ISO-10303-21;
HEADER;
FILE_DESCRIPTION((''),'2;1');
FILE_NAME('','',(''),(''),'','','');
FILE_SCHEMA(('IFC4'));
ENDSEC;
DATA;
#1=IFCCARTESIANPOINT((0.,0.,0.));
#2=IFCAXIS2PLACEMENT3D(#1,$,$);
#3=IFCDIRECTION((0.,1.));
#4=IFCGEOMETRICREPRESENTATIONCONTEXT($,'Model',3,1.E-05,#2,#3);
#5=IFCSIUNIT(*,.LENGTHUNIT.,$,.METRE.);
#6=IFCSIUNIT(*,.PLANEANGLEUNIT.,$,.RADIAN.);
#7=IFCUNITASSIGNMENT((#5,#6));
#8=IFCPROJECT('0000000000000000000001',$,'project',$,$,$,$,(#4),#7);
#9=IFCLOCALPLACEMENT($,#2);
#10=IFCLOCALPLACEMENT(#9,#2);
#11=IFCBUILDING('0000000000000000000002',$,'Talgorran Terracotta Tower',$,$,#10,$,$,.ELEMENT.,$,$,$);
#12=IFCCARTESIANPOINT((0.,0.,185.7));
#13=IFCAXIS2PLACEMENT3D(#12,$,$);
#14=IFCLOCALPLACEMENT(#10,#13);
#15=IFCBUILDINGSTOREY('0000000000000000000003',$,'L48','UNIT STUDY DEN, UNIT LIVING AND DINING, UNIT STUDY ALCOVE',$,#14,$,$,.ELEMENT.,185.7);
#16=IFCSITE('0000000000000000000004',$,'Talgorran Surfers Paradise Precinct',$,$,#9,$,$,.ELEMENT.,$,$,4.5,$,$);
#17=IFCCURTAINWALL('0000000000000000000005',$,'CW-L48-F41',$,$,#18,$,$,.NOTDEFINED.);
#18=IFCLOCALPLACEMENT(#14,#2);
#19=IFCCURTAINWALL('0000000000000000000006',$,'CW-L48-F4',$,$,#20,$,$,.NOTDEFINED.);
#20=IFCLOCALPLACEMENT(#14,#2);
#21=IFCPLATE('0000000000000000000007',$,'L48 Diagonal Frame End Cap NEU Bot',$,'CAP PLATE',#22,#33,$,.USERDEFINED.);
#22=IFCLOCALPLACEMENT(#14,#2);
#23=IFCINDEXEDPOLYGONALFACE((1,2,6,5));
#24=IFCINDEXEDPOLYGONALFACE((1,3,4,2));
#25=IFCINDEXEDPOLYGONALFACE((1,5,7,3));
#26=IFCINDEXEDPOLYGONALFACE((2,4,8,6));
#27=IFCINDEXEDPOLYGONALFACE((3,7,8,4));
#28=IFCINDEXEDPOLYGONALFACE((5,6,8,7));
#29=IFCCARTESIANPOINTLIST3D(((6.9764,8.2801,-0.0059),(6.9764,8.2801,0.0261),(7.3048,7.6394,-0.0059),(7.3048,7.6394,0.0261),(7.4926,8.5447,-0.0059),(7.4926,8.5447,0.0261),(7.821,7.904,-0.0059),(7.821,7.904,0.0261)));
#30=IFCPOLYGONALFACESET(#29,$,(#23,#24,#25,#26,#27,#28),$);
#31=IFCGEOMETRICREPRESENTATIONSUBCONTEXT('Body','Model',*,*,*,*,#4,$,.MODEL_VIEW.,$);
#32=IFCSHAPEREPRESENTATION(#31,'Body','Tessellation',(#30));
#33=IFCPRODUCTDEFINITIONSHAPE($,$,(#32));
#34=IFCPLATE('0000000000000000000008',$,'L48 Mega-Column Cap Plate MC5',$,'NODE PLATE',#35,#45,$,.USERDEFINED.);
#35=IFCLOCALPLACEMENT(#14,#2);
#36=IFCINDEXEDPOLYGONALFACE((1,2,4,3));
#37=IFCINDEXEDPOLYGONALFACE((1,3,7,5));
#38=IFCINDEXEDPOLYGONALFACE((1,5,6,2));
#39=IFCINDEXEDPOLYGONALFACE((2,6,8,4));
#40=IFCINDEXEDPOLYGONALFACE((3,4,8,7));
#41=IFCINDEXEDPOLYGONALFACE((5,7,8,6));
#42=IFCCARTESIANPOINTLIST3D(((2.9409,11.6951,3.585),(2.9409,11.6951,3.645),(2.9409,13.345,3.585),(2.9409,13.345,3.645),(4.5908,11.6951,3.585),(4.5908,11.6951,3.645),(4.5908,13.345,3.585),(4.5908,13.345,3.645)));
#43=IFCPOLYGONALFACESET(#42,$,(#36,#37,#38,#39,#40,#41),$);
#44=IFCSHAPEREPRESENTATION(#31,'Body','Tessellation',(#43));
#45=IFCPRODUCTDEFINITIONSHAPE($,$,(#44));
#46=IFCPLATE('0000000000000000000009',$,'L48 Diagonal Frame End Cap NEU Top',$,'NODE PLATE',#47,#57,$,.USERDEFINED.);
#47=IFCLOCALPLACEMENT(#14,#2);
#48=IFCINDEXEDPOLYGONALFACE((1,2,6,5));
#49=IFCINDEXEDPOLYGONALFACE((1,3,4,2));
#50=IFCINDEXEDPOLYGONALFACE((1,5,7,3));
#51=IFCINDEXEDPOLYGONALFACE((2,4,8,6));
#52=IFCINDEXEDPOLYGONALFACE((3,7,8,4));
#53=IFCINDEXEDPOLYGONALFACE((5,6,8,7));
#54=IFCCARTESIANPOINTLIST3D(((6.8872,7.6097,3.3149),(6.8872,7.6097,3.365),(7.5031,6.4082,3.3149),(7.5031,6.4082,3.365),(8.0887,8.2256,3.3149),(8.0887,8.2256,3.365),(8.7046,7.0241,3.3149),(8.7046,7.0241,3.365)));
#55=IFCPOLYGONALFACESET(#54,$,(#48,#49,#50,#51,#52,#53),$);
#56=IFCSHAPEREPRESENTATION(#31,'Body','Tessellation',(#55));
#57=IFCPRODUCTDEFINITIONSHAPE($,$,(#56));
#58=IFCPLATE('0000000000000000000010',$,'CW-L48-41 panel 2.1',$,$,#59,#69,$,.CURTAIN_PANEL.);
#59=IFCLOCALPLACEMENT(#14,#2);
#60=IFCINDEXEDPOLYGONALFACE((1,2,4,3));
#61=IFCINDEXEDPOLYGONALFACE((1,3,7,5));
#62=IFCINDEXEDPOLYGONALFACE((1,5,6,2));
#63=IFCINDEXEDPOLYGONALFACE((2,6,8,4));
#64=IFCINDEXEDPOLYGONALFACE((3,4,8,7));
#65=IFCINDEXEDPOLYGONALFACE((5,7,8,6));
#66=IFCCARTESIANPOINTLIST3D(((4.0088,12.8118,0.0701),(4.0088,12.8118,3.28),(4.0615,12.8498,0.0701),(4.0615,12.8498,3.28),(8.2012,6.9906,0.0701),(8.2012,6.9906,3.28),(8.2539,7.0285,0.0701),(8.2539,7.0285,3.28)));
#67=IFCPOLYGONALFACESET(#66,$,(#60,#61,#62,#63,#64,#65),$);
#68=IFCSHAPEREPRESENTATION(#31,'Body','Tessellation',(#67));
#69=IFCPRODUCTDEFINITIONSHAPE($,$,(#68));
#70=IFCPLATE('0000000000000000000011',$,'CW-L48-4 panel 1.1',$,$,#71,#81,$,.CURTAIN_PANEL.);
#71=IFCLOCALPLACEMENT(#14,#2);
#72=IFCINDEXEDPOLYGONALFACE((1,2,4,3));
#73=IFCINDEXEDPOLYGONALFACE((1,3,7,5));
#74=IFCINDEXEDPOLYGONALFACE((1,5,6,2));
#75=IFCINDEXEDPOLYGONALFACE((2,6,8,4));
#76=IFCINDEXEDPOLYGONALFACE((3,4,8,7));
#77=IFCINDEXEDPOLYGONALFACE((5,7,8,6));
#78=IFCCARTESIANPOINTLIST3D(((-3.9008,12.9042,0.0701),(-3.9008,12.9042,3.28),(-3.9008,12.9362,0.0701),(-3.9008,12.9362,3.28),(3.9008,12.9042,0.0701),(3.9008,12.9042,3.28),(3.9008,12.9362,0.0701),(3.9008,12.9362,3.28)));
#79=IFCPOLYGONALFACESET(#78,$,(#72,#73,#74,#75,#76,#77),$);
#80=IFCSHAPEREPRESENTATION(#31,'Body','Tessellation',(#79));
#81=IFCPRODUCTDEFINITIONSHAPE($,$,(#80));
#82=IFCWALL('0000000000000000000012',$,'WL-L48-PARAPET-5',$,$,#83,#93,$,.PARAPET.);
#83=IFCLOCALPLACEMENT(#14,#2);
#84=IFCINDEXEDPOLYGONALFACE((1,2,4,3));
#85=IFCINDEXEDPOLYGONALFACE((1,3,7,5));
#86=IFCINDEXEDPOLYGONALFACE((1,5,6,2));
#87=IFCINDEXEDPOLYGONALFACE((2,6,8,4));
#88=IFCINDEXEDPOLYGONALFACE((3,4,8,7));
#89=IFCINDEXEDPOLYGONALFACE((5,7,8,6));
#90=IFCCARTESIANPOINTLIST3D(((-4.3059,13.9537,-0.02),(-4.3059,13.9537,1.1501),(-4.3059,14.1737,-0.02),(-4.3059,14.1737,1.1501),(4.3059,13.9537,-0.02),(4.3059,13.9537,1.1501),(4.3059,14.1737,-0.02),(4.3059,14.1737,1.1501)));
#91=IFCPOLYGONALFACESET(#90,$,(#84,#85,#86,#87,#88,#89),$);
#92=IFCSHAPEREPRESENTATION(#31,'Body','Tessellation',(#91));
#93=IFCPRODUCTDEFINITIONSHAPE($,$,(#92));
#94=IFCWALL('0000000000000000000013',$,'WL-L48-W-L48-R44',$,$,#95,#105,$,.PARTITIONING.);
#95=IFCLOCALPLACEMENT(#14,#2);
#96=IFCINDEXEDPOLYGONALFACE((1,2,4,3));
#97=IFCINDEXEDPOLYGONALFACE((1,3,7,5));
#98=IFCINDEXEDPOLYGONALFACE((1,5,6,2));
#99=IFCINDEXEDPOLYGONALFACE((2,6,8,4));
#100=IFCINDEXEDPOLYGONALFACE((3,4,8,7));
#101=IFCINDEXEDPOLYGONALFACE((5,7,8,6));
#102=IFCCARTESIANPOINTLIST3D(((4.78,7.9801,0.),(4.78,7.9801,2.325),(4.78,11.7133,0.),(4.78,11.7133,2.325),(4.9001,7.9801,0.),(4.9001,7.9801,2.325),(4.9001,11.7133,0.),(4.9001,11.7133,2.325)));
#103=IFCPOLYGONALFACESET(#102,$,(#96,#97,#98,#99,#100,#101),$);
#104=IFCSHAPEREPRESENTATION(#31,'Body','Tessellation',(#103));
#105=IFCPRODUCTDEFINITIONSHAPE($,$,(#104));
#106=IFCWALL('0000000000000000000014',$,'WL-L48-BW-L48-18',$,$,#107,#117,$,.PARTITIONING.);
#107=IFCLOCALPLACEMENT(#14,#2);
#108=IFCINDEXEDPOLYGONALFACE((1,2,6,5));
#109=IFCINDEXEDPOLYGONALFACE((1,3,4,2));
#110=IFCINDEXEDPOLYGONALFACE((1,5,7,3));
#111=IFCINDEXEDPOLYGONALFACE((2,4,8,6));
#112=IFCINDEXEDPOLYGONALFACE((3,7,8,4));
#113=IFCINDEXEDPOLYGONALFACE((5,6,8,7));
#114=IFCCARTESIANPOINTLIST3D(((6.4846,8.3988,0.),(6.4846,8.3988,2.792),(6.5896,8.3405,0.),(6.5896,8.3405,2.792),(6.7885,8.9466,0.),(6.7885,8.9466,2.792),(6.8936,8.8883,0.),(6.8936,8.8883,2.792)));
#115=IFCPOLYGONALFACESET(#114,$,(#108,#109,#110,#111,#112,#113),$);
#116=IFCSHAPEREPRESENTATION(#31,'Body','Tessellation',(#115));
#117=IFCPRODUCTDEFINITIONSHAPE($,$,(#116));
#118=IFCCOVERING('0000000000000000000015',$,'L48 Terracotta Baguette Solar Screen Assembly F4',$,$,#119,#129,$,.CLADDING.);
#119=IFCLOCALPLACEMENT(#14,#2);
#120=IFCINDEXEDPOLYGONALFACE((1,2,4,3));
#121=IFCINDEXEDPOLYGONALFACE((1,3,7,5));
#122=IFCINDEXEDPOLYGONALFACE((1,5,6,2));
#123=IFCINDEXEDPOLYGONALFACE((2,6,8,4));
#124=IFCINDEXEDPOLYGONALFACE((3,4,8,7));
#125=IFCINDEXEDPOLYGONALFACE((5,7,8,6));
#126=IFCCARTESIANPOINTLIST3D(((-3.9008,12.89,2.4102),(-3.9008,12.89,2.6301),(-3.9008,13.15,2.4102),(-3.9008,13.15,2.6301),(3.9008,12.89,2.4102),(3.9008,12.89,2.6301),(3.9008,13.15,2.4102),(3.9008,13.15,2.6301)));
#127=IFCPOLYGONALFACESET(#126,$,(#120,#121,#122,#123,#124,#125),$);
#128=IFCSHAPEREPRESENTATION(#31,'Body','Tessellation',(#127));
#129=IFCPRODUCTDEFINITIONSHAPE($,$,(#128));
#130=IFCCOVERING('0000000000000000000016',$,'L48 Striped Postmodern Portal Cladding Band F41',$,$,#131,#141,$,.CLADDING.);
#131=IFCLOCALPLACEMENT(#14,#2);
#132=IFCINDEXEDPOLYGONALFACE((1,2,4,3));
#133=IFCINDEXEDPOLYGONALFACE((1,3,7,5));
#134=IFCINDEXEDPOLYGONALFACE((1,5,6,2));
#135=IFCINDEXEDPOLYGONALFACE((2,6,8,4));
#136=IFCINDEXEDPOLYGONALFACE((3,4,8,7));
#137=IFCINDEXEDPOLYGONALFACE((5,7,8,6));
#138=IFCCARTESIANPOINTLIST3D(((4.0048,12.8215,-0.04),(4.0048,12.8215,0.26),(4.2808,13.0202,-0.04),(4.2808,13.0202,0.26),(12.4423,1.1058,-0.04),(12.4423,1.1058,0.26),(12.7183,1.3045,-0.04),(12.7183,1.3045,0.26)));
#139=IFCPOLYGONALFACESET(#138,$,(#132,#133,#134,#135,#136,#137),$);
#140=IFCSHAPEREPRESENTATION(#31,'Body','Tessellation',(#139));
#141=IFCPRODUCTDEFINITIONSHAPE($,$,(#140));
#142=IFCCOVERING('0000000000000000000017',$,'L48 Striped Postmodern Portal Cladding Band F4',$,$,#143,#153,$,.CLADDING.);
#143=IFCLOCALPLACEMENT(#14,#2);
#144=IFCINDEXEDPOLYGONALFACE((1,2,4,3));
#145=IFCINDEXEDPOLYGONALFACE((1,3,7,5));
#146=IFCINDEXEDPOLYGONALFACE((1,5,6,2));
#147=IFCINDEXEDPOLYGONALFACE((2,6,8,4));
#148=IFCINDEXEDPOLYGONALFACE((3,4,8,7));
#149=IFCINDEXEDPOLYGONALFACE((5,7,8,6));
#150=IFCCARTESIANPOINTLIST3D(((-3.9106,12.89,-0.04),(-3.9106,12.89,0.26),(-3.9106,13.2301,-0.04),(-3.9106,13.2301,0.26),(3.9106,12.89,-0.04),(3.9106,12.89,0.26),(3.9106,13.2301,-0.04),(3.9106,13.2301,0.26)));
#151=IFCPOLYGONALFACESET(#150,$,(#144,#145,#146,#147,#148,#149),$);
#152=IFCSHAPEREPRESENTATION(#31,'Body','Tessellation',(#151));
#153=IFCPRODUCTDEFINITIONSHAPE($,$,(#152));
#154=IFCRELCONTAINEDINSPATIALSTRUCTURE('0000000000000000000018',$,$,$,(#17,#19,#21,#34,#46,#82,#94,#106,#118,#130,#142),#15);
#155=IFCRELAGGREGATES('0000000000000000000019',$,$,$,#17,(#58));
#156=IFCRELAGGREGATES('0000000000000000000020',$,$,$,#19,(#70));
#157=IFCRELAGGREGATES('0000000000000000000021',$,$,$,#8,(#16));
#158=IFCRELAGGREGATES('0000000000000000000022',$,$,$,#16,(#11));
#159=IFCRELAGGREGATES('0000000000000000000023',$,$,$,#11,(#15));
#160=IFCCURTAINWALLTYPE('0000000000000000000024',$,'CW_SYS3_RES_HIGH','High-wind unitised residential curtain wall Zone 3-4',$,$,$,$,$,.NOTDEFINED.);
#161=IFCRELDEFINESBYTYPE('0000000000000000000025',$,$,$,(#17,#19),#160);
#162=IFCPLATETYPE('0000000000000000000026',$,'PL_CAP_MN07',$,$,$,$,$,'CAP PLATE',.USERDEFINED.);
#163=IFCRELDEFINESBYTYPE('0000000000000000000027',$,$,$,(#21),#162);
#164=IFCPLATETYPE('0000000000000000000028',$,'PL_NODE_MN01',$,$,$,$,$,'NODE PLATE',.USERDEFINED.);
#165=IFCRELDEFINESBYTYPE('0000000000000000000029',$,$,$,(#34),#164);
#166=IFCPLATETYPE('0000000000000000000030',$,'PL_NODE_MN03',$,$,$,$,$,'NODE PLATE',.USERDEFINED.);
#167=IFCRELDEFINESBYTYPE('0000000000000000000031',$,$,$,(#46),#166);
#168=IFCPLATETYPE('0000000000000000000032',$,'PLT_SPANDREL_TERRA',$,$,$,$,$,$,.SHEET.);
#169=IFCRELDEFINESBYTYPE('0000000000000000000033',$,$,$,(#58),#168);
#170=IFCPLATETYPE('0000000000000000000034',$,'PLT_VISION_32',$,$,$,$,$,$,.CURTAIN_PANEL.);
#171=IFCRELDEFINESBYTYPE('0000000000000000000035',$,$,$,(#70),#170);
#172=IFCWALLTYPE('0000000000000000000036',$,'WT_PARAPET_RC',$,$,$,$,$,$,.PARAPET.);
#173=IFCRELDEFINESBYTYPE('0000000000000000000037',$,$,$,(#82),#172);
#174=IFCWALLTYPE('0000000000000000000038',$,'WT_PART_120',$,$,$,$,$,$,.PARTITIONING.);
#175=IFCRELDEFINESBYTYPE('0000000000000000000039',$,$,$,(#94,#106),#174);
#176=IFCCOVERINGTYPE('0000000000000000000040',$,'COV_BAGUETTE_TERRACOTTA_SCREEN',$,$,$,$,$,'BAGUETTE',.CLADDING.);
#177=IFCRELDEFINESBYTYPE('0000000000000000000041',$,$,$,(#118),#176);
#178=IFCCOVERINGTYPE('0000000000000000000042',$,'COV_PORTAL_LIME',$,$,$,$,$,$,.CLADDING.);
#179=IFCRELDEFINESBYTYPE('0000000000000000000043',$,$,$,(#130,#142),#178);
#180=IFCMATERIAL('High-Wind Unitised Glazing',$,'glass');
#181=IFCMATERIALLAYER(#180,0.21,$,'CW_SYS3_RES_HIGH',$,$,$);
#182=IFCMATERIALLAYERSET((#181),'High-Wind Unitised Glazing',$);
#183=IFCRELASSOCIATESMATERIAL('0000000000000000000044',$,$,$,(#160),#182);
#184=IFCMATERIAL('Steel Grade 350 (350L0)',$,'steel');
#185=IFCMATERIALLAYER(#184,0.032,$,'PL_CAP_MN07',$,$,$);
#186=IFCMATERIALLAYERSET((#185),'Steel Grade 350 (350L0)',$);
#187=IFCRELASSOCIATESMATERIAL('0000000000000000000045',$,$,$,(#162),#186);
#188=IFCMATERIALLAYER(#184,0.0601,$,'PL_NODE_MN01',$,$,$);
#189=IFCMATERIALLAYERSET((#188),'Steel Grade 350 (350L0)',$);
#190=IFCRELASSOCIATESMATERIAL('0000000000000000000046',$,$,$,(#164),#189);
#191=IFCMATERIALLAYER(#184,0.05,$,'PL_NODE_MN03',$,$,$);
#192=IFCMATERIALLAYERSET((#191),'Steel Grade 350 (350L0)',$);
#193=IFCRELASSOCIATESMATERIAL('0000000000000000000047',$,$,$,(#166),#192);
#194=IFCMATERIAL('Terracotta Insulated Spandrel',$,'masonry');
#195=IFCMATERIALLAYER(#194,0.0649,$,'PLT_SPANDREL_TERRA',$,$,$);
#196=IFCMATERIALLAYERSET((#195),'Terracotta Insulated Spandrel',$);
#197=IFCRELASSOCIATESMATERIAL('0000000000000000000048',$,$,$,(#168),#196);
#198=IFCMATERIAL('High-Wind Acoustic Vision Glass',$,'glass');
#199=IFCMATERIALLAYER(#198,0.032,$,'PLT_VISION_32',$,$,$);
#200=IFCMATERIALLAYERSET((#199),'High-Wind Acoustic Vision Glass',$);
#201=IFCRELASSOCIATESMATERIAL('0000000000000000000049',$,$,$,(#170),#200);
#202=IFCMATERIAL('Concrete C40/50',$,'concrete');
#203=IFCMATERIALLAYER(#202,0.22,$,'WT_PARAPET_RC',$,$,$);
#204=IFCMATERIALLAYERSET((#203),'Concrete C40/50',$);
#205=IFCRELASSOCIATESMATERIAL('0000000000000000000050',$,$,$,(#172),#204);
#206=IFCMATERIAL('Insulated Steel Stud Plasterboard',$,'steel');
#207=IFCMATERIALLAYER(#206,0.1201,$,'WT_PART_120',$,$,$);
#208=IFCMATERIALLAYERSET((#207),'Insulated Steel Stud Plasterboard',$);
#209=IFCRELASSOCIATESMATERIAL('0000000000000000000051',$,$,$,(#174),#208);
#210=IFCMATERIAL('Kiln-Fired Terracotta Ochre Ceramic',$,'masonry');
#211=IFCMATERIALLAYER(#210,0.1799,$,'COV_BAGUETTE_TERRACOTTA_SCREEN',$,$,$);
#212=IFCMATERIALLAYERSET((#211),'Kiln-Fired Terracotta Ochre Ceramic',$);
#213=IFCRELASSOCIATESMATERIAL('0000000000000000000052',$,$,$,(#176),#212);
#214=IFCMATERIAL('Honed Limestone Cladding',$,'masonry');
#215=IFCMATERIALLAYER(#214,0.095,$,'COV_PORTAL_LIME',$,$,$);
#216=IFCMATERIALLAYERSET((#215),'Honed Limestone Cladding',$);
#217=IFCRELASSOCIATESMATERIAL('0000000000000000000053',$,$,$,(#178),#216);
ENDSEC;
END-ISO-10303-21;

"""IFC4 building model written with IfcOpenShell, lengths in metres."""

from ifc_helpers import new_model, si_unit, direction, frame, frame_2d, origin, origin_2d, place, context, subcontext, project, spatial, rectangle, extrude, source, transform, mapped, material, layer, layer_set, type_object, type_shapes, element, aggregate, save


model = new_model("IFC4")

# Units and contexts
model_context = context("Model", 3, precision=1e-05, world=origin(), true_north=direction((0.0, 1.0)))
body_context = subcontext(model_context, "Body", "Model", "MODEL_VIEW")
ifc_project = project(units=[si_unit("LENGTHUNIT", "METRE"), si_unit("PLANEANGLEUNIT", "RADIAN")], contexts=[model_context])

# Site, building, storey
site_placement = place(None, origin())
site = spatial("IfcSite", under=ifc_project, at=site_placement, Name="Talgorran Surfers Paradise Precinct", CompositionType="ELEMENT", RefElevation=4.5)
building_placement = place(site_placement, origin())
building = spatial("IfcBuilding", under=site, at=building_placement, Name="Talgorran Terracotta Tower", CompositionType="ELEMENT")
storey_placement = place(building_placement, frame((0.0, 0.0, 185.7)))
storey = spatial("IfcBuildingStorey", under=building, at=storey_placement, Name="L48", Description="UNIT STUDY DEN, UNIT LIVING AND DINING, UNIT STUDY ALCOVE", CompositionType="ELEMENT", Elevation=185.7)

# Shared definitions
ifc_material_1 = material(Name="Steel Grade 350 (350L0)", Category="steel")

# Curtain wall
ifc_material_2 = material(Name="High-Wind Unitised Glazing", Category="glass")
ifc_layer_1 = layer(ifc_material_2, 0.21, Name="CW_SYS3_RES_HIGH")
ifc_layer_set_1 = layer_set([ifc_layer_1], Name="High-Wind Unitised Glazing")
curtain_wall_type = type_object("IfcCurtainWallType", Name="CW_SYS3_RES_HIGH", Description="High-wind unitised residential curtain wall Zone 3-4", PredefinedType="NOTDEFINED", material=ifc_layer_set_1)
curtain_wall_1_placement = place(storey_placement, origin())
curtain_wall_1 = element("IfcCurtainWall", 1, at=curtain_wall_1_placement, inside=storey, type_object=curtain_wall_type, Name="CW-L48-F41", PredefinedType="NOTDEFINED")

# Curtain wall
curtain_wall_2_placement = place(storey_placement, origin())
curtain_wall_2 = element("IfcCurtainWall", 2, at=curtain_wall_2_placement, inside=storey, type_object=curtain_wall_type, Name="CW-L48-F4", PredefinedType="NOTDEFINED")

# Plates
ifc_layer_2 = layer(ifc_material_1, 0.032, Name="PL_CAP_MN07")
ifc_layer_set_2 = layer_set([ifc_layer_2], Name="Steel Grade 350 (350L0)")
plate_type_1 = type_object("IfcPlateType", Name="PL_CAP_MN07", ElementType="CAP PLATE", PredefinedType="USERDEFINED", material=ifc_layer_set_2)
plate_1_placement = place(storey_placement, frame((7.3987, 8.092, -0.0059), z_axis=(0.0, 0.0, 1.0), x_axis=(0.456166, -0.889895, 0.0)))
element("IfcPlate", 3, at=plate_1_placement, inside=storey, type_object=plate_type_1, Name="L48 Diagonal Frame End Cap NEU Bot", ObjectType="CAP PLATE", PredefinedType="USERDEFINED", context=body_context, shape_type="SweptSolid", body=[
    extrude(rectangle(XDim=0.72, YDim=0.5801, at=origin_2d()), origin(), (0.0, 0.0, 1.0), 0.032),
])
ifc_layer_3 = layer(ifc_material_1, 0.0601, Name="PL_NODE_MN01")
ifc_layer_set_3 = layer_set([ifc_layer_3], Name="Steel Grade 350 (350L0)")
plate_type_2 = type_object("IfcPlateType", Name="PL_NODE_MN01", ElementType="NODE PLATE", PredefinedType="USERDEFINED", material=ifc_layer_set_3)
plate_2_placement = place(storey_placement, frame((3.7659, 12.52, 3.585), z_axis=(0.0, 0.0, 1.0), x_axis=(1.0, 0.0, 0.0)))
element("IfcPlate", 4, at=plate_2_placement, inside=storey, type_object=plate_type_2, Name="L48 Mega-Column Cap Plate MC5", ObjectType="NODE PLATE", PredefinedType="USERDEFINED", context=body_context, shape_type="SweptSolid", body=[
    extrude(rectangle(XDim=1.6499, YDim=1.6499, at=origin_2d()), origin(), (0.0, 0.0, 1.0), 0.0601),
])
ifc_layer_4 = layer(ifc_material_1, 0.05, Name="PL_NODE_MN03")
ifc_layer_set_4 = layer_set([ifc_layer_4], Name="Steel Grade 350 (350L0)")
plate_type_3 = type_object("IfcPlateType", Name="PL_NODE_MN03", ElementType="NODE PLATE", PredefinedType="USERDEFINED", material=ifc_layer_set_4)
plate_3_placement = place(storey_placement, frame((7.7959, 7.3169, 3.3149), z_axis=(0.0, 0.0, 1.0), x_axis=(0.456166, -0.889895, 0.0)))
element("IfcPlate", 5, at=plate_3_placement, inside=storey, type_object=plate_type_3, Name="L48 Diagonal Frame End Cap NEU Top", ObjectType="NODE PLATE", PredefinedType="USERDEFINED", context=body_context, shape_type="SweptSolid", body=[
    extrude(rectangle(XDim=1.3501, YDim=1.3501, at=origin_2d()), origin(), (0.0, 0.0, 1.0), 0.05),
])

# Plates
ifc_material_3 = material(Name="Terracotta Insulated Spandrel", Category="masonry")
ifc_layer_5 = layer(ifc_material_3, 0.0649, Name="PLT_SPANDREL_TERRA")
ifc_layer_set_5 = layer_set([ifc_layer_5], Name="Terracotta Insulated Spandrel")
plate_type_4 = type_object("IfcPlateType", Name="PLT_SPANDREL_TERRA", PredefinedType="SHEET", material=ifc_layer_set_5)
shared_shape_1 = source(origin(), body_context, "Body", "SweptSolid", [
    extrude(rectangle(XDim=7.1738, YDim=0.0649, at=origin_2d()), origin(), (0.0, 0.0, 1.0), 3.21),
])
type_shapes(plate_type_4, [shared_shape_1])
plate_4_placement = place(storey_placement, frame((6.1313, 9.9202, 0.0701), z_axis=(0.0, 0.0, 1.0), x_axis=(-0.584411, 0.811458, 0.0)))
plate_4 = element("IfcPlate", 6, at=plate_4_placement, type_object=plate_type_4, Name="CW-L48-41 panel 2.1", PredefinedType="CURTAIN_PANEL", context=body_context, shape_type="MappedRepresentation", body=[
    mapped(shared_shape_1, transform((0.0, 0.0, 0.0), scale=1.0)),
])
aggregate(curtain_wall_1, [plate_4])
ifc_material_4 = material(Name="High-Wind Acoustic Vision Glass", Category="glass")
ifc_layer_6 = layer(ifc_material_4, 0.032, Name="PLT_VISION_32")
ifc_layer_set_6 = layer_set([ifc_layer_6], Name="High-Wind Acoustic Vision Glass")
plate_type_5 = type_object("IfcPlateType", Name="PLT_VISION_32", PredefinedType="CURTAIN_PANEL", material=ifc_layer_set_6)
shared_shape_2 = source(origin(), body_context, "Body", "SweptSolid", [
    extrude(rectangle(XDim=7.8015, YDim=0.032, at=origin_2d()), origin(), (0.0, 0.0, 1.0), 3.21),
])
type_shapes(plate_type_5, [shared_shape_2])
plate_5_placement = place(storey_placement, frame((0.0, 12.9202, 0.0701), z_axis=(0.0, 0.0, 1.0), x_axis=(-1.0, 0.0, 0.0)))
plate_5 = element("IfcPlate", 7, at=plate_5_placement, type_object=plate_type_5, Name="CW-L48-4 panel 1.1", PredefinedType="CURTAIN_PANEL", context=body_context, shape_type="MappedRepresentation", body=[
    mapped(shared_shape_2, transform((0.0, 0.0, 0.0), scale=1.0)),
])
aggregate(curtain_wall_2, [plate_5])

# Walls
ifc_material_5 = material(Name="Concrete C40/50", Category="concrete")
ifc_layer_7 = layer(ifc_material_5, 0.22, Name="WT_PARAPET_RC")
ifc_layer_set_7 = layer_set([ifc_layer_7], Name="Concrete C40/50")
wall_type_1 = type_object("IfcWallType", Name="WT_PARAPET_RC", PredefinedType="PARAPET", material=ifc_layer_set_7)
wall_1_placement = place(storey_placement, frame((4.3059, 14.0637, -0.02), z_axis=(0.0, 0.0, 1.0), x_axis=(-1.0, 0.0, 0.0)))
element("IfcWall", 8, at=wall_1_placement, inside=storey, type_object=wall_type_1, Name="WL-L48-PARAPET-5", PredefinedType="PARAPET", context=body_context, shape_type="SweptSolid", body=[
    extrude(rectangle(XDim=8.6118, YDim=0.22, at=frame_2d((4.3059, 0.0))), origin(), (0.0, 0.0, 1.0), 1.1702),
])
ifc_material_6 = material(Name="Insulated Steel Stud Plasterboard", Category="steel")
ifc_layer_8 = layer(ifc_material_6, 0.1201, Name="WT_PART_120")
ifc_layer_set_8 = layer_set([ifc_layer_8], Name="Insulated Steel Stud Plasterboard")
wall_type_2 = type_object("IfcWallType", Name="WT_PART_120", PredefinedType="PARTITIONING", material=ifc_layer_set_8)
wall_2_placement = place(storey_placement, frame((4.8401, 7.98, 0.0), z_axis=(0.0, 0.0, 1.0), x_axis=(0.0, 1.0, 0.0)))
element("IfcWall", 9, at=wall_2_placement, inside=storey, type_object=wall_type_2, Name="WL-L48-W-L48-R44", PredefinedType="PARTITIONING", context=body_context, shape_type="SweptSolid", body=[
    extrude(rectangle(XDim=3.7332, YDim=0.1201, at=frame_2d((1.8667, 0.0))), origin(), (0.0, 0.0, 1.0), 2.325),
])
wall_3_placement = place(storey_placement, frame((6.5371, 8.3696, 0.0), z_axis=(0.0, 0.0, 1.0), x_axis=(0.485147, 0.874433, 0.0)))
element("IfcWall", 10, at=wall_3_placement, inside=storey, type_object=wall_type_2, Name="WL-L48-BW-L48-18", PredefinedType="PARTITIONING", context=body_context, shape_type="SweptSolid", body=[
    extrude(rectangle(XDim=0.6265, YDim=0.1201, at=frame_2d((0.3132, 0.0))), origin(), (0.0, 0.0, 1.0), 2.792),
])

# Coverings
ifc_material_7 = material(Name="Kiln-Fired Terracotta Ochre Ceramic", Category="masonry")
ifc_layer_9 = layer(ifc_material_7, 0.1799, Name="COV_BAGUETTE_TERRACOTTA_SCREEN")
ifc_layer_set_9 = layer_set([ifc_layer_9], Name="Kiln-Fired Terracotta Ochre Ceramic")
covering_type_1 = type_object("IfcCoveringType", Name="COV_BAGUETTE_TERRACOTTA_SCREEN", ElementType="BAGUETTE", PredefinedType="CLADDING", material=ifc_layer_set_9)
covering_1_placement = place(storey_placement, frame((0.0, 13.02, 2.4102), z_axis=(0.0, 0.0, 1.0), x_axis=(-1.0, 0.0, 0.0)))
element("IfcCovering", 11, at=covering_1_placement, inside=storey, type_object=covering_type_1, Name="L48 Terracotta Baguette Solar Screen Assembly F4", PredefinedType="CLADDING", context=body_context, shape_type="SweptSolid", body=[
    extrude(rectangle(XDim=7.8015, YDim=0.26, at=origin_2d()), origin(), (0.0, 0.0, 1.0), 0.22),
])
ifc_material_8 = material(Name="Honed Limestone Cladding", Category="masonry")
ifc_layer_10 = layer(ifc_material_8, 0.095, Name="COV_PORTAL_LIME")
ifc_layer_set_10 = layer_set([ifc_layer_10], Name="Honed Limestone Cladding")
covering_type_2 = type_object("IfcCoveringType", Name="COV_PORTAL_LIME", PredefinedType="CLADDING", material=ifc_layer_set_10)
covering_2_placement = place(storey_placement, frame((8.3616, 7.063, -0.04), z_axis=(0.0, 0.0, 1.0), x_axis=(-0.584405, 0.811462, 0.0)))
element("IfcCovering", 12, at=covering_2_placement, inside=storey, type_object=covering_type_2, Name="L48 Striped Postmodern Portal Cladding Band F41", PredefinedType="CLADDING", context=body_context, shape_type="SweptSolid", body=[
    extrude(rectangle(XDim=14.4377, YDim=0.3401, at=origin_2d()), origin(), (0.0, 0.0, 1.0), 0.3),
])
covering_3_placement = place(storey_placement, frame((0.0, 13.0601, -0.04), z_axis=(0.0, 0.0, 1.0), x_axis=(-1.0, 0.0, 0.0)))
element("IfcCovering", 13, at=covering_3_placement, inside=storey, type_object=covering_type_2, Name="L48 Striped Postmodern Portal Cladding Band F4", PredefinedType="CLADDING", context=body_context, shape_type="SweptSolid", body=[
    extrude(rectangle(XDim=7.8213, YDim=0.3401, at=origin_2d()), origin(), (0.0, 0.0, 1.0), 0.3),
])

save(model, "model.ifc")
